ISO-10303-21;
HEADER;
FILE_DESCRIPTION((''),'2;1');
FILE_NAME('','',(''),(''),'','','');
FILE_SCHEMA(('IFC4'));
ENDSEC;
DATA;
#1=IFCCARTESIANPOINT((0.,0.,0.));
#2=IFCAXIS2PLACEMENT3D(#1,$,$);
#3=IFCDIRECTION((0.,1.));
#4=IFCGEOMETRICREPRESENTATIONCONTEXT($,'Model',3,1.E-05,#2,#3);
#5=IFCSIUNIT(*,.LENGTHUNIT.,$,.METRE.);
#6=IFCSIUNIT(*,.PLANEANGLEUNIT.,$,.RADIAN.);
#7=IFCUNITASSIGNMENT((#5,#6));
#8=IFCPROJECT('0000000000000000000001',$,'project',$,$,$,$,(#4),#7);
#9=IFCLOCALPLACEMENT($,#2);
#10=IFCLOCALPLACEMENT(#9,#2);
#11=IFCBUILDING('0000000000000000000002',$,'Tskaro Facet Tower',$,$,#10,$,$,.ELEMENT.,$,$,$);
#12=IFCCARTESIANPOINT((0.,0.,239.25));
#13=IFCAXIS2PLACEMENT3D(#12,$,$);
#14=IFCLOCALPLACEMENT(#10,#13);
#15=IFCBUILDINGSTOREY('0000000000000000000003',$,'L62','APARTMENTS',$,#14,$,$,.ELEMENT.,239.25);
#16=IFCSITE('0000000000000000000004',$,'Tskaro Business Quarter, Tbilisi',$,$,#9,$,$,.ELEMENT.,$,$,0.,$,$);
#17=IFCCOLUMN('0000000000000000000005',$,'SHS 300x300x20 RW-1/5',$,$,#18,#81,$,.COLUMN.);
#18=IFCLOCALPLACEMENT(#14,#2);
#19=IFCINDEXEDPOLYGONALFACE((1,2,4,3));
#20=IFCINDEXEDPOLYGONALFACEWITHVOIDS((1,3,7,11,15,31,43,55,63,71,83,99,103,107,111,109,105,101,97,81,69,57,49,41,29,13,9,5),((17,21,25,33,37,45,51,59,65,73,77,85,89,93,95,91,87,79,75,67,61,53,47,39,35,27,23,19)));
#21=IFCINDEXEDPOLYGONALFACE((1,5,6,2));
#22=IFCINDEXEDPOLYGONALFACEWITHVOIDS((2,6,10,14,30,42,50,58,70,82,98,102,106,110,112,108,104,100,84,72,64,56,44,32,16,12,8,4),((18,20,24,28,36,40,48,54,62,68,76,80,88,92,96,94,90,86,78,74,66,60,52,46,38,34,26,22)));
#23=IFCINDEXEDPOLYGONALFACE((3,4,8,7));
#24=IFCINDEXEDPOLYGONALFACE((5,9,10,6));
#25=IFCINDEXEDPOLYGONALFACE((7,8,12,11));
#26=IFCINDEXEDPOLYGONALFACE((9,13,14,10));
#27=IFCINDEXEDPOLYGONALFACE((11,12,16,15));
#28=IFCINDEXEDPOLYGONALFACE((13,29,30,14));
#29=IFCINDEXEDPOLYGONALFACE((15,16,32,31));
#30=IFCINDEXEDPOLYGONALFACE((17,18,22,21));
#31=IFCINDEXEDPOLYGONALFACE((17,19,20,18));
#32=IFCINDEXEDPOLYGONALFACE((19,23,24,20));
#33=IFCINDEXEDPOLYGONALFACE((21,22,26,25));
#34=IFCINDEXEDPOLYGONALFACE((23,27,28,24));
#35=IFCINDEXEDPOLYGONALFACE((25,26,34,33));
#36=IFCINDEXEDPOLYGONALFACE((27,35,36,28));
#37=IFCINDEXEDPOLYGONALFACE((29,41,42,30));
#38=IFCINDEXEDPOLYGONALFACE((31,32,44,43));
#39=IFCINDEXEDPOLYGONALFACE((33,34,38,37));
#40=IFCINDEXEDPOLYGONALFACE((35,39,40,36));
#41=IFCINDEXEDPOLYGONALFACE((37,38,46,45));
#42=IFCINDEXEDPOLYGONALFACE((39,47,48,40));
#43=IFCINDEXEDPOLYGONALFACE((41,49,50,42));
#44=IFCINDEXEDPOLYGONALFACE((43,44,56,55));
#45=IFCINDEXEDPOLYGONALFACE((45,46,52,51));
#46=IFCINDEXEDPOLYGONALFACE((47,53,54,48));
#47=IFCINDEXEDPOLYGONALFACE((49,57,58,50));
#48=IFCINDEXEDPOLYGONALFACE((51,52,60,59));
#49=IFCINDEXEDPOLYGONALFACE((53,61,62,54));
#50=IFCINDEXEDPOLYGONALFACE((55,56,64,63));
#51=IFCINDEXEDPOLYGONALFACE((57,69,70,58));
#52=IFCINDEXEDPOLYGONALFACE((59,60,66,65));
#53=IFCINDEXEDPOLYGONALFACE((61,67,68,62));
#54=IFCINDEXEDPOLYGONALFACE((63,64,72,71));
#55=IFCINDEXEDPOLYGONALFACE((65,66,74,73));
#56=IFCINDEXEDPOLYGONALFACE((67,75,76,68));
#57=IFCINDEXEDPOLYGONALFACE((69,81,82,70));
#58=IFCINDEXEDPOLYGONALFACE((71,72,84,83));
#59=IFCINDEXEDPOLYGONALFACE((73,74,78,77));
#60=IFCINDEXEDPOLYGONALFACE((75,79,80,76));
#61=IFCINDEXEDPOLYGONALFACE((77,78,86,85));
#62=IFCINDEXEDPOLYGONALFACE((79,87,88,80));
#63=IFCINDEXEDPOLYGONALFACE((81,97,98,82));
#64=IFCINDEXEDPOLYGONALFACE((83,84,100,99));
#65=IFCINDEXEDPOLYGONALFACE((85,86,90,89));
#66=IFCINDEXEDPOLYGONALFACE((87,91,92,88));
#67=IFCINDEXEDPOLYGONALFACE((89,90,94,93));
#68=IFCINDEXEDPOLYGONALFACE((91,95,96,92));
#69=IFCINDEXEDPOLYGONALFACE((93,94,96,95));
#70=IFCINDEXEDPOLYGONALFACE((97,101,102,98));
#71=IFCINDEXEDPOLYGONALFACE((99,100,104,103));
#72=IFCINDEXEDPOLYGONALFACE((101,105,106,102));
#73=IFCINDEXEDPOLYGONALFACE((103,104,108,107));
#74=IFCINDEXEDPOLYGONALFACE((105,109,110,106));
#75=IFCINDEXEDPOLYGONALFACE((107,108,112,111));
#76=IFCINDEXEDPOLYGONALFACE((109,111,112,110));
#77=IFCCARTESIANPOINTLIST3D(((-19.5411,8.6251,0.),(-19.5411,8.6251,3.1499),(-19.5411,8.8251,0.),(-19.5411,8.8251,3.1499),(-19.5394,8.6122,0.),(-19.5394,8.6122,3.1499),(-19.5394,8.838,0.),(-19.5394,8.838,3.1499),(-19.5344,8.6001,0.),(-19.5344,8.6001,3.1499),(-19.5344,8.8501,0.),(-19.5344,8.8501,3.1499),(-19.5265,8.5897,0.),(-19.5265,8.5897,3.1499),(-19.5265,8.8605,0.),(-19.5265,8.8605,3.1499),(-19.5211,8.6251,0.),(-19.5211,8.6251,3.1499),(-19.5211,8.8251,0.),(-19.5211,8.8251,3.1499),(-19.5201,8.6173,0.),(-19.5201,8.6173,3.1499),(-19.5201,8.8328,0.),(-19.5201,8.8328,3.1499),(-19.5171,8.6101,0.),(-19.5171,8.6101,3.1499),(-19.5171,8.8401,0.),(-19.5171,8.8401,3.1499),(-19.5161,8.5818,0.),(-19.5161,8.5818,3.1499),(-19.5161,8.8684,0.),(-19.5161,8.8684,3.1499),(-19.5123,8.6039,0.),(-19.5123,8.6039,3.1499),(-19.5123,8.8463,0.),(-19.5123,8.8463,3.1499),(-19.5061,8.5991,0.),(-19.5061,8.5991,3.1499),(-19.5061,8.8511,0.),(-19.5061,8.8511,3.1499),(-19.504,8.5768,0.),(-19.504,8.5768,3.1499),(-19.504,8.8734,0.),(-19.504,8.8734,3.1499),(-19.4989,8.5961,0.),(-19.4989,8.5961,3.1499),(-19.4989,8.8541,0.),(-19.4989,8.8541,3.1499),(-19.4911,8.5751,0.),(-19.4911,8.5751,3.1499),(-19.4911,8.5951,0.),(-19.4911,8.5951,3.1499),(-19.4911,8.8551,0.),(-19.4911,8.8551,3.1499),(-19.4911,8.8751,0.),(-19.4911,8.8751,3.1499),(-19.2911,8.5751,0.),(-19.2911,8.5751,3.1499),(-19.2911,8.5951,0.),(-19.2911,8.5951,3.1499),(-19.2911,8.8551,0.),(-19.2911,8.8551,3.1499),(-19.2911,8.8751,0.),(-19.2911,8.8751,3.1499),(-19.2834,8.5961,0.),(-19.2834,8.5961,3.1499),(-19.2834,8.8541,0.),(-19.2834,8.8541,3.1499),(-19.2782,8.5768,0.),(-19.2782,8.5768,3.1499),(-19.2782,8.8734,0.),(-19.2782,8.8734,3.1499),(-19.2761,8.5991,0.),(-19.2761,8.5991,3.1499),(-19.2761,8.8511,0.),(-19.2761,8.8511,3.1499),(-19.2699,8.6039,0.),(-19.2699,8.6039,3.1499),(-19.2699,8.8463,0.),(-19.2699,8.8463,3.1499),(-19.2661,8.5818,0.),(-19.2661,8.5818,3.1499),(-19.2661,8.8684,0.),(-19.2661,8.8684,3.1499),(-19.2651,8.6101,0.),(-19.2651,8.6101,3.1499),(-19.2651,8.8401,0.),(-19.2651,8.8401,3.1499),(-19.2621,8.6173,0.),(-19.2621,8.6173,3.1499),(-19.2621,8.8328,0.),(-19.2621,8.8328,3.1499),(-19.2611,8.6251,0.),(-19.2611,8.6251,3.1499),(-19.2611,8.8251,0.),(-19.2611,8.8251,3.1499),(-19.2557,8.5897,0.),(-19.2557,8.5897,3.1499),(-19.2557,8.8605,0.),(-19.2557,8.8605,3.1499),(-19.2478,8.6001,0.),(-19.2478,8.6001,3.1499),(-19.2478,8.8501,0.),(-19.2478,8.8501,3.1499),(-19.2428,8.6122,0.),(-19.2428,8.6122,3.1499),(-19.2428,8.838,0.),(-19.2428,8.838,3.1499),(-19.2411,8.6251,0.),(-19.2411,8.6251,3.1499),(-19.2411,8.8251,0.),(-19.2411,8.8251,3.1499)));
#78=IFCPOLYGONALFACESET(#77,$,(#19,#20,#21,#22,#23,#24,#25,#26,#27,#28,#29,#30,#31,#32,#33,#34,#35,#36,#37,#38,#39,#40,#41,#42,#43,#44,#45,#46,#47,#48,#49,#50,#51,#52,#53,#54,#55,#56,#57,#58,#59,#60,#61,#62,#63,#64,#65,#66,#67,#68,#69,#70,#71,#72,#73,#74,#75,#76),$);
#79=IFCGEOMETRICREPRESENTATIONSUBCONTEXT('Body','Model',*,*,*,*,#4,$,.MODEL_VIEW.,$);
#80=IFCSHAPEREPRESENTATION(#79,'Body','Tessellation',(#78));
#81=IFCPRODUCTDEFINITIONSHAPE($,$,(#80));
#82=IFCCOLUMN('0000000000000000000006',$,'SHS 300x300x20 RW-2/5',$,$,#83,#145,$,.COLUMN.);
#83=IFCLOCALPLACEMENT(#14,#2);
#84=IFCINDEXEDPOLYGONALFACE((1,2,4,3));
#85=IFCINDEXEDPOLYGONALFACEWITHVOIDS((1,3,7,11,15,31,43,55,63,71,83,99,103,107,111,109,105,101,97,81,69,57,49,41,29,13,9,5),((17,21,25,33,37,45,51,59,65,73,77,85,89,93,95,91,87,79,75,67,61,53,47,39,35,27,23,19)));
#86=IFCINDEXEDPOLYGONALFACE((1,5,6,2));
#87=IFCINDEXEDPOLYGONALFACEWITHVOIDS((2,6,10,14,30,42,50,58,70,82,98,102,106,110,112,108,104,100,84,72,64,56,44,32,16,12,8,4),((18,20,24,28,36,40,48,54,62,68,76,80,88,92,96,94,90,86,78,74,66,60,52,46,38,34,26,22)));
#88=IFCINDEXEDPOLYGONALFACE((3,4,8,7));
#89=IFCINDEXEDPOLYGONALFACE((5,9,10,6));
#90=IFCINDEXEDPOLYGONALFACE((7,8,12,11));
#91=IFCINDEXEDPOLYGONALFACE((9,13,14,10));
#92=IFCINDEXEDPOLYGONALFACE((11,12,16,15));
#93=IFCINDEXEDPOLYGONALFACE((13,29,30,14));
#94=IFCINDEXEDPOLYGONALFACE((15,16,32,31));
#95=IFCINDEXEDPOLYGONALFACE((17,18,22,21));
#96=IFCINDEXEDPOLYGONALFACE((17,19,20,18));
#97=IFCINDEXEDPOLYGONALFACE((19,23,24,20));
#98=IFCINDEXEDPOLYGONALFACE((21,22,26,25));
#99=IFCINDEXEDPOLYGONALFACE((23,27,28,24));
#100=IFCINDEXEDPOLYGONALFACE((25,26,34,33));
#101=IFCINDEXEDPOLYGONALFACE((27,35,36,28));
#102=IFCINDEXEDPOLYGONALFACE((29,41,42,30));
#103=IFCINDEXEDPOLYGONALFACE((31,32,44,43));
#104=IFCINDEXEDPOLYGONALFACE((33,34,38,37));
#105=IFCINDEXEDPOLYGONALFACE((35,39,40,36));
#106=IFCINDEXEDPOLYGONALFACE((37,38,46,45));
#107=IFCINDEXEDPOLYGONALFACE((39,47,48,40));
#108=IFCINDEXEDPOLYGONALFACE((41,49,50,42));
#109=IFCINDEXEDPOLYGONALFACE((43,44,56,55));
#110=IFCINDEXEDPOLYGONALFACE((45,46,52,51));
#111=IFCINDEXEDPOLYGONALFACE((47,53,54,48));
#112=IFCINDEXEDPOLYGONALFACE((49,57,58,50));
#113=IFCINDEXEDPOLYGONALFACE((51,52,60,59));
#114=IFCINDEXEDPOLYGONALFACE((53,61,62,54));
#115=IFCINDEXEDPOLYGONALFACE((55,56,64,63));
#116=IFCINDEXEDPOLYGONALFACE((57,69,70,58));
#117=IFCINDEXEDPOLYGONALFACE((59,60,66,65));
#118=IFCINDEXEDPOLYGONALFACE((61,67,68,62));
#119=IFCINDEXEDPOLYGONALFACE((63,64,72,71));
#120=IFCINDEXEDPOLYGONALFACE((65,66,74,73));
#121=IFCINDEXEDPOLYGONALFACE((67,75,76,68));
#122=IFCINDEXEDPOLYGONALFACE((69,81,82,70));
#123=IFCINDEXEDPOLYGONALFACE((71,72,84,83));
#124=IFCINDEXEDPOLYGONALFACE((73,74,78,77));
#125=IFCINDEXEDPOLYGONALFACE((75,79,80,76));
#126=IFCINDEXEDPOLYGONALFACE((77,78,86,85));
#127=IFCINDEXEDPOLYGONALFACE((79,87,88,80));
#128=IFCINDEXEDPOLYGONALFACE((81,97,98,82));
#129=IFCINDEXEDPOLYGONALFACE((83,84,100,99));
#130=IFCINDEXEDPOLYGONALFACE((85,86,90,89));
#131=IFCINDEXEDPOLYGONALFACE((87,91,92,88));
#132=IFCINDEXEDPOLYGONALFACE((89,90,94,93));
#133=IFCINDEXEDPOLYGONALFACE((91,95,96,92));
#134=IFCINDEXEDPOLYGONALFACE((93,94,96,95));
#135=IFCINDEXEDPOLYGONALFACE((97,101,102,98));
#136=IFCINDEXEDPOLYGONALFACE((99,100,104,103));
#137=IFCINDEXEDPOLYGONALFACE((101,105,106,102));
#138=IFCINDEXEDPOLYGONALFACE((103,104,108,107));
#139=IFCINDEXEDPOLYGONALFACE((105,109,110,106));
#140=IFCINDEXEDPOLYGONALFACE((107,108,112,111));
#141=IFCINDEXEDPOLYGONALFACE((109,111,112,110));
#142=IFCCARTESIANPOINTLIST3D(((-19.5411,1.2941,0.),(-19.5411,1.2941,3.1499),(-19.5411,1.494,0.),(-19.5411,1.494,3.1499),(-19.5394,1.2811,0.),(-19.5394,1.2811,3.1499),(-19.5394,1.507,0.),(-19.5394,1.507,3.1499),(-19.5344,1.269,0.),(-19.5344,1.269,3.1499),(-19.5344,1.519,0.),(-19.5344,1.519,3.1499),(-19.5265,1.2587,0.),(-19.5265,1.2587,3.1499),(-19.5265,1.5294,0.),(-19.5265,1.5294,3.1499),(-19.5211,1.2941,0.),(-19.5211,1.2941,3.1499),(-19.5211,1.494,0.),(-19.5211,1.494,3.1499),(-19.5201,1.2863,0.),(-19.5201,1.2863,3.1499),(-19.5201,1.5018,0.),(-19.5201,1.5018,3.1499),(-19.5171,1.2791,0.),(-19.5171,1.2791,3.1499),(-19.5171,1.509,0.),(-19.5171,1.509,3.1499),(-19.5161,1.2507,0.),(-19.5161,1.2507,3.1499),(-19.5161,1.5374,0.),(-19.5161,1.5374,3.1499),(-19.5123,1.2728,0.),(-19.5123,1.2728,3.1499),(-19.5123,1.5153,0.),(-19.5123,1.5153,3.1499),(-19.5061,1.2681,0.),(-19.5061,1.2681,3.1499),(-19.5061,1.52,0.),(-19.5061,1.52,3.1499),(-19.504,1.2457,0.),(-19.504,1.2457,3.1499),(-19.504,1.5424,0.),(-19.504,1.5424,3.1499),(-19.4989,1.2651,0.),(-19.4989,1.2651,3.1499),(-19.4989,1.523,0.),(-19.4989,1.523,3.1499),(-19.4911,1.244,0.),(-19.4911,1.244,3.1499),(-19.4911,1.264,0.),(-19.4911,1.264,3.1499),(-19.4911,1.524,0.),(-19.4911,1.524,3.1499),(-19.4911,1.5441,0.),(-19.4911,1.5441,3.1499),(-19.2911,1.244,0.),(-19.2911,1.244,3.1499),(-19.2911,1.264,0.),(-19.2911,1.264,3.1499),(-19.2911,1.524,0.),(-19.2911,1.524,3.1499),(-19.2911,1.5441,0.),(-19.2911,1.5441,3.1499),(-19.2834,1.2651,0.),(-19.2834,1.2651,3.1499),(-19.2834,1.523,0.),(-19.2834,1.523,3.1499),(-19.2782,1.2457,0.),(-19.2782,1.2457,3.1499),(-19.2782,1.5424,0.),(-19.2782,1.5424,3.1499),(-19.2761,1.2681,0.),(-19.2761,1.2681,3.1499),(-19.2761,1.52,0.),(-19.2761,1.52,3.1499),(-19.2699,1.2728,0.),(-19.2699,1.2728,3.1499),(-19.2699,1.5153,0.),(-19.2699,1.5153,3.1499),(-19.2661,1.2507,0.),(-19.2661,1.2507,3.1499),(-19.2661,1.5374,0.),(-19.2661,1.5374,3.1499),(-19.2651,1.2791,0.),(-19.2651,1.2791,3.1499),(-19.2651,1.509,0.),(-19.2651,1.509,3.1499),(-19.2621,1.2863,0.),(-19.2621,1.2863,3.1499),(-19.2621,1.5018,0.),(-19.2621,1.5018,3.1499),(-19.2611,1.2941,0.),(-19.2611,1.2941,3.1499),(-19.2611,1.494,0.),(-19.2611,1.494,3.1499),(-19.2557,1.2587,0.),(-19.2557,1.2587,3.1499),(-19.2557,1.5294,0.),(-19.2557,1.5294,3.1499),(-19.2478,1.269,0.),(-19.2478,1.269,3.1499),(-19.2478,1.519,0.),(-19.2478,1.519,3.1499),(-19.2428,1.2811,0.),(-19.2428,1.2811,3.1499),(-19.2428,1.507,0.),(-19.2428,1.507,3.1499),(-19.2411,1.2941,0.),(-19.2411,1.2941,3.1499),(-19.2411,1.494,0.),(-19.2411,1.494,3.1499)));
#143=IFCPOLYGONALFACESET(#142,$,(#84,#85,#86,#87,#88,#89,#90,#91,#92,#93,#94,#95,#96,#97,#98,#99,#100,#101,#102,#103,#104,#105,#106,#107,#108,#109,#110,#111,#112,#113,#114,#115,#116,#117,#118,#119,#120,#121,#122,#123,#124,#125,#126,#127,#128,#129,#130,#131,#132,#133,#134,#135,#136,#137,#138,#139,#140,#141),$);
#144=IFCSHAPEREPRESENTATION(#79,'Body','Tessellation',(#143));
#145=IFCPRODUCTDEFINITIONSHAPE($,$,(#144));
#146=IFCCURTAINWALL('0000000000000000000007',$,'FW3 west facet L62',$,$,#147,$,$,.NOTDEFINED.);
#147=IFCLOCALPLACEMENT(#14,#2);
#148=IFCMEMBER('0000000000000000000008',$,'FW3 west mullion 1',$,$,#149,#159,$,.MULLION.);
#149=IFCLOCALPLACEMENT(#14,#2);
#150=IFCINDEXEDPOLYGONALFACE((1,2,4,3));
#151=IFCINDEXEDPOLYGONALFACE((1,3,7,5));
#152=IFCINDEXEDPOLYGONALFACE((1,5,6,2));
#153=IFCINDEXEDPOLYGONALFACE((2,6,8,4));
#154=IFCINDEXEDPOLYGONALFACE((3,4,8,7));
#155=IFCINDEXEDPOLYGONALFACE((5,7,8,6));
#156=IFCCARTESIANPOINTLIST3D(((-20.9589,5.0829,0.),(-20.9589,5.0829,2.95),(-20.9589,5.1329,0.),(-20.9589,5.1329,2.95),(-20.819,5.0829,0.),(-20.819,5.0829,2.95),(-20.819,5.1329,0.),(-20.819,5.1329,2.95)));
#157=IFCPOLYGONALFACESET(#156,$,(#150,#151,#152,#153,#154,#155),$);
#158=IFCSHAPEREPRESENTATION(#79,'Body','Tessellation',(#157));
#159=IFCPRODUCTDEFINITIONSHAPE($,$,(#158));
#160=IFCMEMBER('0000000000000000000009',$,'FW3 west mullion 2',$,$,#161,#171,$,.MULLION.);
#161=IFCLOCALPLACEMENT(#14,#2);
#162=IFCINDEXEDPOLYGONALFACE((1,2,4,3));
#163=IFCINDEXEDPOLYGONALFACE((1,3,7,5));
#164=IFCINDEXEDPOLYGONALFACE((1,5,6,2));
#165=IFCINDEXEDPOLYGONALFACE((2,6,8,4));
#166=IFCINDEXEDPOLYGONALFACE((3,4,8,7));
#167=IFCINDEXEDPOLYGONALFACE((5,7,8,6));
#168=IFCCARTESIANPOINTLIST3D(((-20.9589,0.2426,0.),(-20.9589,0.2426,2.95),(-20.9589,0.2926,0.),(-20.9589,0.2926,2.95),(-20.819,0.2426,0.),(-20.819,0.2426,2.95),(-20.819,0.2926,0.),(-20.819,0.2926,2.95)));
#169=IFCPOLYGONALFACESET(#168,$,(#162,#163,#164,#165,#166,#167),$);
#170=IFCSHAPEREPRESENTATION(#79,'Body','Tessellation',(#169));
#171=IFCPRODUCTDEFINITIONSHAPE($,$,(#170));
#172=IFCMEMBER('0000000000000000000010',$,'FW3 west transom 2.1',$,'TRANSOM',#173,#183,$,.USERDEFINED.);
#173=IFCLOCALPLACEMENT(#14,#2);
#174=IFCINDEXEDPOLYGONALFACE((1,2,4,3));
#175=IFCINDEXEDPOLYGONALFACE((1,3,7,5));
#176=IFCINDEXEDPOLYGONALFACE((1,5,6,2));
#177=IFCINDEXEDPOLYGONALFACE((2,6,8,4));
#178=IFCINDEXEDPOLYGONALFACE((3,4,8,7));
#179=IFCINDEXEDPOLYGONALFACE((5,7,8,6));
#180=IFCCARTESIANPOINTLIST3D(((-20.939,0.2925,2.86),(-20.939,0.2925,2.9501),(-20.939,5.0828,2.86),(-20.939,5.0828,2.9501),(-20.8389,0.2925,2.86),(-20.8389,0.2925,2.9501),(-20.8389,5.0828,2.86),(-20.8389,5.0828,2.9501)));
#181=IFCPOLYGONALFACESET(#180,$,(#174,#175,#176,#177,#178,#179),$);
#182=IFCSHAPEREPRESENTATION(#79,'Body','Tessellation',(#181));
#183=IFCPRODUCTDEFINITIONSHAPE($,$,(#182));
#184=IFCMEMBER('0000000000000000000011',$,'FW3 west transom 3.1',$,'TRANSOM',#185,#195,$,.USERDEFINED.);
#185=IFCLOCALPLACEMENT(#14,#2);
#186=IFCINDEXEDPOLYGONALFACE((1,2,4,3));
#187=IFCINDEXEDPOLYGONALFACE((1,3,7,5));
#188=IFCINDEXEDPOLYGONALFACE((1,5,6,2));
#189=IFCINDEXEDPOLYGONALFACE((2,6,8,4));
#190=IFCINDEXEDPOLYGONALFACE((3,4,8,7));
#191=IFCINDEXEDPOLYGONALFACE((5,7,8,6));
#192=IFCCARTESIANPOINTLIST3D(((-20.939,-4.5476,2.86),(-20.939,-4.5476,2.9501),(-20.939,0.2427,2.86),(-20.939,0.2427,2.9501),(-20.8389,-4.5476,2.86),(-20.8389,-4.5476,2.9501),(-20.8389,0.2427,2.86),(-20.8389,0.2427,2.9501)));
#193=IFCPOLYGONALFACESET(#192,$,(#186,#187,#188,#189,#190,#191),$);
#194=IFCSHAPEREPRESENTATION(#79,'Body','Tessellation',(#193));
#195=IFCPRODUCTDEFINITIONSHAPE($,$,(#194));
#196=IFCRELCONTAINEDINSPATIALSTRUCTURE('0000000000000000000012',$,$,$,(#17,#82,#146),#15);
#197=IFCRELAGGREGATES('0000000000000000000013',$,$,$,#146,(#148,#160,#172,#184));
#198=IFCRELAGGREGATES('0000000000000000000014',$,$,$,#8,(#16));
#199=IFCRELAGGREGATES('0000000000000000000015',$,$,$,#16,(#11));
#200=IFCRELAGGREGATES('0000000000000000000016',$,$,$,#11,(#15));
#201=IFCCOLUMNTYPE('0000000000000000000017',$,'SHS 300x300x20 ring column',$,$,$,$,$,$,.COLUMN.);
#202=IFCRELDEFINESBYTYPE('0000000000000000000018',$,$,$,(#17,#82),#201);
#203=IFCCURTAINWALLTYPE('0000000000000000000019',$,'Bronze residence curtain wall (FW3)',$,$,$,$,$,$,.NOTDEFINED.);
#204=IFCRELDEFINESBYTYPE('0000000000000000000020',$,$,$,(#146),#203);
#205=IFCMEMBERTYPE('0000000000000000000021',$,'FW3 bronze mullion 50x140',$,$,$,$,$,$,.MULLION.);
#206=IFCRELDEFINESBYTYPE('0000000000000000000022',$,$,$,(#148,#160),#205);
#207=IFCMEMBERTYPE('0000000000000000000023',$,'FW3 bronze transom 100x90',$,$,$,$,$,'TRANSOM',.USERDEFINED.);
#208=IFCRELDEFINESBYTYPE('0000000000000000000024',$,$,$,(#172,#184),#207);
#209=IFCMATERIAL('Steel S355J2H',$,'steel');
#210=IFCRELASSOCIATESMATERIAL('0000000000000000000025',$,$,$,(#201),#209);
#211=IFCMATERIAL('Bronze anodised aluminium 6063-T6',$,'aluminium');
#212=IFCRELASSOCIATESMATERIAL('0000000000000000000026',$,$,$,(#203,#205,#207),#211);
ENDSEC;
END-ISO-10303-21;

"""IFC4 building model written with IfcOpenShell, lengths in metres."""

from ifc_helpers import new_model, si_unit, direction, frame, origin, origin_2d, place, context, subcontext, project, spatial, rectangle, hollow_rectangle, extrude, material, material_profile, profile_set, type_object, element, aggregate, save


model = new_model("IFC4")

# Units and contexts
model_context = context("Model", 3, precision=1e-05, world=origin(), true_north=direction((0.0, 1.0)))
body_context = subcontext(model_context, "Body", "Model", "MODEL_VIEW")
ifc_project = project(units=[si_unit("LENGTHUNIT", "METRE"), si_unit("PLANEANGLEUNIT", "RADIAN")], contexts=[model_context])

# Site, building, storey
site_placement = place(None, origin())
site = spatial("IfcSite", under=ifc_project, at=site_placement, Name="Tskaro Business Quarter, Tbilisi", CompositionType="ELEMENT", RefElevation=0.0)
building_placement = place(site_placement, origin())
building = spatial("IfcBuilding", under=site, at=building_placement, Name="Tskaro Facet Tower", CompositionType="ELEMENT")
storey_placement = place(building_placement, frame((0.0, 0.0, 239.25)))
storey = spatial("IfcBuildingStorey", under=building, at=storey_placement, Name="L62", Description="APARTMENTS", CompositionType="ELEMENT", Elevation=239.25)

# Columns
ifc_material_1 = material(Name="Steel S355J2H", Category="steel")
ifc_material_profile_1 = material_profile(ifc_material_1, hollow_rectangle(XDim=0.3, YDim=0.3, WallThickness=0.02, InnerFilletRadius=0.03, OuterFilletRadius=0.05, at=origin_2d()), Name="SHS 300x300x20")
ifc_profile_set_1 = profile_set([ifc_material_profile_1], Name="Steel S355J2H")
column_type = type_object("IfcColumnType", Name="SHS 300x300x20 ring column", PredefinedType="COLUMN", material=ifc_profile_set_1)
for number, where, z_axis, x_axis, name in (
    (1, (-19.3911, 8.7251, 0.0), (0.0, 0.0, 1.0), (1.0, 0.0, 0.0), "SHS 300x300x20 RW-1/5"),
    (2, (-19.3911, 1.394, 0.0), (0.0, 0.0, 1.0), (1.0, 0.0, 0.0), "SHS 300x300x20 RW-2/5"),
):
    element("IfcColumn", number, at=place(storey_placement, frame(where, z_axis=z_axis, x_axis=x_axis)), inside=storey, type_object=column_type, Name=name, PredefinedType="COLUMN", context=body_context, shape_type="SweptSolid", body=[
        extrude(hollow_rectangle(XDim=0.3, YDim=0.3, WallThickness=0.02, InnerFilletRadius=0.03, OuterFilletRadius=0.05, at=origin_2d()), origin(), (0.0, 0.0, 1.0), 3.1499),
    ])

# Curtain wall, members
ifc_material_2 = material(Name="Bronze anodised aluminium 6063-T6", Category="aluminium")
curtain_wall_type = type_object("IfcCurtainWallType", Name="Bronze residence curtain wall (FW3)", PredefinedType="NOTDEFINED", material=ifc_material_2)
curtain_wall_placement = place(storey_placement, origin())
curtain_wall = element("IfcCurtainWall", 3, at=curtain_wall_placement, inside=storey, type_object=curtain_wall_type, Name="FW3 west facet L62", PredefinedType="NOTDEFINED")
ifc_material_profile_2 = material_profile(ifc_material_2, rectangle(XDim=0.05, YDim=0.1399, at=origin_2d()), Name="Mullion 50x140")
ifc_profile_set_2 = profile_set([ifc_material_profile_2], Name="Bronze anodised aluminium 6063-T6")
member_type_1 = type_object("IfcMemberType", Name="FW3 bronze mullion 50x140", PredefinedType="MULLION", material=ifc_profile_set_2)
member_1_placement = place(storey_placement, frame((-20.8889, 5.1079, 0.0), z_axis=(0.0, 0.0, 1.0), x_axis=(0.0, -1.0, 0.0)))
member_1 = element("IfcMember", 4, at=member_1_placement, type_object=member_type_1, Name="FW3 west mullion 1", PredefinedType="MULLION", context=body_context, shape_type="SweptSolid", body=[
    extrude(rectangle(XDim=0.05, YDim=0.1399, at=origin_2d()), origin(), (0.0, 0.0, 1.0), 2.95),
])
member_2_placement = place(storey_placement, frame((-20.8889, 0.2676, 0.0), z_axis=(0.0, 0.0, 1.0), x_axis=(0.0, -1.0, 0.0)))
member_2 = element("IfcMember", 5, at=member_2_placement, type_object=member_type_1, Name="FW3 west mullion 2", PredefinedType="MULLION", context=body_context, shape_type="SweptSolid", body=[
    extrude(rectangle(XDim=0.05, YDim=0.1399, at=origin_2d()), origin(), (0.0, 0.0, 1.0), 2.95),
])
ifc_material_profile_3 = material_profile(ifc_material_2, rectangle(XDim=0.1001, YDim=0.0901, at=origin_2d()), Name="Transom 100x90")
ifc_profile_set_3 = profile_set([ifc_material_profile_3], Name="Bronze anodised aluminium 6063-T6")
member_type_2 = type_object("IfcMemberType", Name="FW3 bronze transom 100x90", ElementType="TRANSOM", PredefinedType="USERDEFINED", material=ifc_profile_set_3)
member_3_placement = place(storey_placement, frame((-20.8889, 5.0828, 2.905), z_axis=(0.0, -1.0, 0.0), x_axis=(1.0, 0.0, 0.0)))
member_3 = element("IfcMember", 6, at=member_3_placement, type_object=member_type_2, Name="FW3 west transom 2.1", ObjectType="TRANSOM", PredefinedType="USERDEFINED", context=body_context, shape_type="SweptSolid", body=[
    extrude(rectangle(XDim=0.1001, YDim=0.0901, at=origin_2d()), origin(), (0.0, 0.0, 1.0), 4.7903),
])
member_4_placement = place(storey_placement, frame((-20.8889, 0.2427, 2.905), z_axis=(0.0, -1.0, 0.0), x_axis=(1.0, 0.0, 0.0)))
member_4 = element("IfcMember", 7, at=member_4_placement, type_object=member_type_2, Name="FW3 west transom 3.1", ObjectType="TRANSOM", PredefinedType="USERDEFINED", context=body_context, shape_type="SweptSolid", body=[
    extrude(rectangle(XDim=0.1001, YDim=0.0901, at=origin_2d()), origin(), (0.0, 0.0, 1.0), 4.7903),
])

aggregate(curtain_wall, [member_1, member_2, member_3, member_4])

save(model, "model.ifc")
